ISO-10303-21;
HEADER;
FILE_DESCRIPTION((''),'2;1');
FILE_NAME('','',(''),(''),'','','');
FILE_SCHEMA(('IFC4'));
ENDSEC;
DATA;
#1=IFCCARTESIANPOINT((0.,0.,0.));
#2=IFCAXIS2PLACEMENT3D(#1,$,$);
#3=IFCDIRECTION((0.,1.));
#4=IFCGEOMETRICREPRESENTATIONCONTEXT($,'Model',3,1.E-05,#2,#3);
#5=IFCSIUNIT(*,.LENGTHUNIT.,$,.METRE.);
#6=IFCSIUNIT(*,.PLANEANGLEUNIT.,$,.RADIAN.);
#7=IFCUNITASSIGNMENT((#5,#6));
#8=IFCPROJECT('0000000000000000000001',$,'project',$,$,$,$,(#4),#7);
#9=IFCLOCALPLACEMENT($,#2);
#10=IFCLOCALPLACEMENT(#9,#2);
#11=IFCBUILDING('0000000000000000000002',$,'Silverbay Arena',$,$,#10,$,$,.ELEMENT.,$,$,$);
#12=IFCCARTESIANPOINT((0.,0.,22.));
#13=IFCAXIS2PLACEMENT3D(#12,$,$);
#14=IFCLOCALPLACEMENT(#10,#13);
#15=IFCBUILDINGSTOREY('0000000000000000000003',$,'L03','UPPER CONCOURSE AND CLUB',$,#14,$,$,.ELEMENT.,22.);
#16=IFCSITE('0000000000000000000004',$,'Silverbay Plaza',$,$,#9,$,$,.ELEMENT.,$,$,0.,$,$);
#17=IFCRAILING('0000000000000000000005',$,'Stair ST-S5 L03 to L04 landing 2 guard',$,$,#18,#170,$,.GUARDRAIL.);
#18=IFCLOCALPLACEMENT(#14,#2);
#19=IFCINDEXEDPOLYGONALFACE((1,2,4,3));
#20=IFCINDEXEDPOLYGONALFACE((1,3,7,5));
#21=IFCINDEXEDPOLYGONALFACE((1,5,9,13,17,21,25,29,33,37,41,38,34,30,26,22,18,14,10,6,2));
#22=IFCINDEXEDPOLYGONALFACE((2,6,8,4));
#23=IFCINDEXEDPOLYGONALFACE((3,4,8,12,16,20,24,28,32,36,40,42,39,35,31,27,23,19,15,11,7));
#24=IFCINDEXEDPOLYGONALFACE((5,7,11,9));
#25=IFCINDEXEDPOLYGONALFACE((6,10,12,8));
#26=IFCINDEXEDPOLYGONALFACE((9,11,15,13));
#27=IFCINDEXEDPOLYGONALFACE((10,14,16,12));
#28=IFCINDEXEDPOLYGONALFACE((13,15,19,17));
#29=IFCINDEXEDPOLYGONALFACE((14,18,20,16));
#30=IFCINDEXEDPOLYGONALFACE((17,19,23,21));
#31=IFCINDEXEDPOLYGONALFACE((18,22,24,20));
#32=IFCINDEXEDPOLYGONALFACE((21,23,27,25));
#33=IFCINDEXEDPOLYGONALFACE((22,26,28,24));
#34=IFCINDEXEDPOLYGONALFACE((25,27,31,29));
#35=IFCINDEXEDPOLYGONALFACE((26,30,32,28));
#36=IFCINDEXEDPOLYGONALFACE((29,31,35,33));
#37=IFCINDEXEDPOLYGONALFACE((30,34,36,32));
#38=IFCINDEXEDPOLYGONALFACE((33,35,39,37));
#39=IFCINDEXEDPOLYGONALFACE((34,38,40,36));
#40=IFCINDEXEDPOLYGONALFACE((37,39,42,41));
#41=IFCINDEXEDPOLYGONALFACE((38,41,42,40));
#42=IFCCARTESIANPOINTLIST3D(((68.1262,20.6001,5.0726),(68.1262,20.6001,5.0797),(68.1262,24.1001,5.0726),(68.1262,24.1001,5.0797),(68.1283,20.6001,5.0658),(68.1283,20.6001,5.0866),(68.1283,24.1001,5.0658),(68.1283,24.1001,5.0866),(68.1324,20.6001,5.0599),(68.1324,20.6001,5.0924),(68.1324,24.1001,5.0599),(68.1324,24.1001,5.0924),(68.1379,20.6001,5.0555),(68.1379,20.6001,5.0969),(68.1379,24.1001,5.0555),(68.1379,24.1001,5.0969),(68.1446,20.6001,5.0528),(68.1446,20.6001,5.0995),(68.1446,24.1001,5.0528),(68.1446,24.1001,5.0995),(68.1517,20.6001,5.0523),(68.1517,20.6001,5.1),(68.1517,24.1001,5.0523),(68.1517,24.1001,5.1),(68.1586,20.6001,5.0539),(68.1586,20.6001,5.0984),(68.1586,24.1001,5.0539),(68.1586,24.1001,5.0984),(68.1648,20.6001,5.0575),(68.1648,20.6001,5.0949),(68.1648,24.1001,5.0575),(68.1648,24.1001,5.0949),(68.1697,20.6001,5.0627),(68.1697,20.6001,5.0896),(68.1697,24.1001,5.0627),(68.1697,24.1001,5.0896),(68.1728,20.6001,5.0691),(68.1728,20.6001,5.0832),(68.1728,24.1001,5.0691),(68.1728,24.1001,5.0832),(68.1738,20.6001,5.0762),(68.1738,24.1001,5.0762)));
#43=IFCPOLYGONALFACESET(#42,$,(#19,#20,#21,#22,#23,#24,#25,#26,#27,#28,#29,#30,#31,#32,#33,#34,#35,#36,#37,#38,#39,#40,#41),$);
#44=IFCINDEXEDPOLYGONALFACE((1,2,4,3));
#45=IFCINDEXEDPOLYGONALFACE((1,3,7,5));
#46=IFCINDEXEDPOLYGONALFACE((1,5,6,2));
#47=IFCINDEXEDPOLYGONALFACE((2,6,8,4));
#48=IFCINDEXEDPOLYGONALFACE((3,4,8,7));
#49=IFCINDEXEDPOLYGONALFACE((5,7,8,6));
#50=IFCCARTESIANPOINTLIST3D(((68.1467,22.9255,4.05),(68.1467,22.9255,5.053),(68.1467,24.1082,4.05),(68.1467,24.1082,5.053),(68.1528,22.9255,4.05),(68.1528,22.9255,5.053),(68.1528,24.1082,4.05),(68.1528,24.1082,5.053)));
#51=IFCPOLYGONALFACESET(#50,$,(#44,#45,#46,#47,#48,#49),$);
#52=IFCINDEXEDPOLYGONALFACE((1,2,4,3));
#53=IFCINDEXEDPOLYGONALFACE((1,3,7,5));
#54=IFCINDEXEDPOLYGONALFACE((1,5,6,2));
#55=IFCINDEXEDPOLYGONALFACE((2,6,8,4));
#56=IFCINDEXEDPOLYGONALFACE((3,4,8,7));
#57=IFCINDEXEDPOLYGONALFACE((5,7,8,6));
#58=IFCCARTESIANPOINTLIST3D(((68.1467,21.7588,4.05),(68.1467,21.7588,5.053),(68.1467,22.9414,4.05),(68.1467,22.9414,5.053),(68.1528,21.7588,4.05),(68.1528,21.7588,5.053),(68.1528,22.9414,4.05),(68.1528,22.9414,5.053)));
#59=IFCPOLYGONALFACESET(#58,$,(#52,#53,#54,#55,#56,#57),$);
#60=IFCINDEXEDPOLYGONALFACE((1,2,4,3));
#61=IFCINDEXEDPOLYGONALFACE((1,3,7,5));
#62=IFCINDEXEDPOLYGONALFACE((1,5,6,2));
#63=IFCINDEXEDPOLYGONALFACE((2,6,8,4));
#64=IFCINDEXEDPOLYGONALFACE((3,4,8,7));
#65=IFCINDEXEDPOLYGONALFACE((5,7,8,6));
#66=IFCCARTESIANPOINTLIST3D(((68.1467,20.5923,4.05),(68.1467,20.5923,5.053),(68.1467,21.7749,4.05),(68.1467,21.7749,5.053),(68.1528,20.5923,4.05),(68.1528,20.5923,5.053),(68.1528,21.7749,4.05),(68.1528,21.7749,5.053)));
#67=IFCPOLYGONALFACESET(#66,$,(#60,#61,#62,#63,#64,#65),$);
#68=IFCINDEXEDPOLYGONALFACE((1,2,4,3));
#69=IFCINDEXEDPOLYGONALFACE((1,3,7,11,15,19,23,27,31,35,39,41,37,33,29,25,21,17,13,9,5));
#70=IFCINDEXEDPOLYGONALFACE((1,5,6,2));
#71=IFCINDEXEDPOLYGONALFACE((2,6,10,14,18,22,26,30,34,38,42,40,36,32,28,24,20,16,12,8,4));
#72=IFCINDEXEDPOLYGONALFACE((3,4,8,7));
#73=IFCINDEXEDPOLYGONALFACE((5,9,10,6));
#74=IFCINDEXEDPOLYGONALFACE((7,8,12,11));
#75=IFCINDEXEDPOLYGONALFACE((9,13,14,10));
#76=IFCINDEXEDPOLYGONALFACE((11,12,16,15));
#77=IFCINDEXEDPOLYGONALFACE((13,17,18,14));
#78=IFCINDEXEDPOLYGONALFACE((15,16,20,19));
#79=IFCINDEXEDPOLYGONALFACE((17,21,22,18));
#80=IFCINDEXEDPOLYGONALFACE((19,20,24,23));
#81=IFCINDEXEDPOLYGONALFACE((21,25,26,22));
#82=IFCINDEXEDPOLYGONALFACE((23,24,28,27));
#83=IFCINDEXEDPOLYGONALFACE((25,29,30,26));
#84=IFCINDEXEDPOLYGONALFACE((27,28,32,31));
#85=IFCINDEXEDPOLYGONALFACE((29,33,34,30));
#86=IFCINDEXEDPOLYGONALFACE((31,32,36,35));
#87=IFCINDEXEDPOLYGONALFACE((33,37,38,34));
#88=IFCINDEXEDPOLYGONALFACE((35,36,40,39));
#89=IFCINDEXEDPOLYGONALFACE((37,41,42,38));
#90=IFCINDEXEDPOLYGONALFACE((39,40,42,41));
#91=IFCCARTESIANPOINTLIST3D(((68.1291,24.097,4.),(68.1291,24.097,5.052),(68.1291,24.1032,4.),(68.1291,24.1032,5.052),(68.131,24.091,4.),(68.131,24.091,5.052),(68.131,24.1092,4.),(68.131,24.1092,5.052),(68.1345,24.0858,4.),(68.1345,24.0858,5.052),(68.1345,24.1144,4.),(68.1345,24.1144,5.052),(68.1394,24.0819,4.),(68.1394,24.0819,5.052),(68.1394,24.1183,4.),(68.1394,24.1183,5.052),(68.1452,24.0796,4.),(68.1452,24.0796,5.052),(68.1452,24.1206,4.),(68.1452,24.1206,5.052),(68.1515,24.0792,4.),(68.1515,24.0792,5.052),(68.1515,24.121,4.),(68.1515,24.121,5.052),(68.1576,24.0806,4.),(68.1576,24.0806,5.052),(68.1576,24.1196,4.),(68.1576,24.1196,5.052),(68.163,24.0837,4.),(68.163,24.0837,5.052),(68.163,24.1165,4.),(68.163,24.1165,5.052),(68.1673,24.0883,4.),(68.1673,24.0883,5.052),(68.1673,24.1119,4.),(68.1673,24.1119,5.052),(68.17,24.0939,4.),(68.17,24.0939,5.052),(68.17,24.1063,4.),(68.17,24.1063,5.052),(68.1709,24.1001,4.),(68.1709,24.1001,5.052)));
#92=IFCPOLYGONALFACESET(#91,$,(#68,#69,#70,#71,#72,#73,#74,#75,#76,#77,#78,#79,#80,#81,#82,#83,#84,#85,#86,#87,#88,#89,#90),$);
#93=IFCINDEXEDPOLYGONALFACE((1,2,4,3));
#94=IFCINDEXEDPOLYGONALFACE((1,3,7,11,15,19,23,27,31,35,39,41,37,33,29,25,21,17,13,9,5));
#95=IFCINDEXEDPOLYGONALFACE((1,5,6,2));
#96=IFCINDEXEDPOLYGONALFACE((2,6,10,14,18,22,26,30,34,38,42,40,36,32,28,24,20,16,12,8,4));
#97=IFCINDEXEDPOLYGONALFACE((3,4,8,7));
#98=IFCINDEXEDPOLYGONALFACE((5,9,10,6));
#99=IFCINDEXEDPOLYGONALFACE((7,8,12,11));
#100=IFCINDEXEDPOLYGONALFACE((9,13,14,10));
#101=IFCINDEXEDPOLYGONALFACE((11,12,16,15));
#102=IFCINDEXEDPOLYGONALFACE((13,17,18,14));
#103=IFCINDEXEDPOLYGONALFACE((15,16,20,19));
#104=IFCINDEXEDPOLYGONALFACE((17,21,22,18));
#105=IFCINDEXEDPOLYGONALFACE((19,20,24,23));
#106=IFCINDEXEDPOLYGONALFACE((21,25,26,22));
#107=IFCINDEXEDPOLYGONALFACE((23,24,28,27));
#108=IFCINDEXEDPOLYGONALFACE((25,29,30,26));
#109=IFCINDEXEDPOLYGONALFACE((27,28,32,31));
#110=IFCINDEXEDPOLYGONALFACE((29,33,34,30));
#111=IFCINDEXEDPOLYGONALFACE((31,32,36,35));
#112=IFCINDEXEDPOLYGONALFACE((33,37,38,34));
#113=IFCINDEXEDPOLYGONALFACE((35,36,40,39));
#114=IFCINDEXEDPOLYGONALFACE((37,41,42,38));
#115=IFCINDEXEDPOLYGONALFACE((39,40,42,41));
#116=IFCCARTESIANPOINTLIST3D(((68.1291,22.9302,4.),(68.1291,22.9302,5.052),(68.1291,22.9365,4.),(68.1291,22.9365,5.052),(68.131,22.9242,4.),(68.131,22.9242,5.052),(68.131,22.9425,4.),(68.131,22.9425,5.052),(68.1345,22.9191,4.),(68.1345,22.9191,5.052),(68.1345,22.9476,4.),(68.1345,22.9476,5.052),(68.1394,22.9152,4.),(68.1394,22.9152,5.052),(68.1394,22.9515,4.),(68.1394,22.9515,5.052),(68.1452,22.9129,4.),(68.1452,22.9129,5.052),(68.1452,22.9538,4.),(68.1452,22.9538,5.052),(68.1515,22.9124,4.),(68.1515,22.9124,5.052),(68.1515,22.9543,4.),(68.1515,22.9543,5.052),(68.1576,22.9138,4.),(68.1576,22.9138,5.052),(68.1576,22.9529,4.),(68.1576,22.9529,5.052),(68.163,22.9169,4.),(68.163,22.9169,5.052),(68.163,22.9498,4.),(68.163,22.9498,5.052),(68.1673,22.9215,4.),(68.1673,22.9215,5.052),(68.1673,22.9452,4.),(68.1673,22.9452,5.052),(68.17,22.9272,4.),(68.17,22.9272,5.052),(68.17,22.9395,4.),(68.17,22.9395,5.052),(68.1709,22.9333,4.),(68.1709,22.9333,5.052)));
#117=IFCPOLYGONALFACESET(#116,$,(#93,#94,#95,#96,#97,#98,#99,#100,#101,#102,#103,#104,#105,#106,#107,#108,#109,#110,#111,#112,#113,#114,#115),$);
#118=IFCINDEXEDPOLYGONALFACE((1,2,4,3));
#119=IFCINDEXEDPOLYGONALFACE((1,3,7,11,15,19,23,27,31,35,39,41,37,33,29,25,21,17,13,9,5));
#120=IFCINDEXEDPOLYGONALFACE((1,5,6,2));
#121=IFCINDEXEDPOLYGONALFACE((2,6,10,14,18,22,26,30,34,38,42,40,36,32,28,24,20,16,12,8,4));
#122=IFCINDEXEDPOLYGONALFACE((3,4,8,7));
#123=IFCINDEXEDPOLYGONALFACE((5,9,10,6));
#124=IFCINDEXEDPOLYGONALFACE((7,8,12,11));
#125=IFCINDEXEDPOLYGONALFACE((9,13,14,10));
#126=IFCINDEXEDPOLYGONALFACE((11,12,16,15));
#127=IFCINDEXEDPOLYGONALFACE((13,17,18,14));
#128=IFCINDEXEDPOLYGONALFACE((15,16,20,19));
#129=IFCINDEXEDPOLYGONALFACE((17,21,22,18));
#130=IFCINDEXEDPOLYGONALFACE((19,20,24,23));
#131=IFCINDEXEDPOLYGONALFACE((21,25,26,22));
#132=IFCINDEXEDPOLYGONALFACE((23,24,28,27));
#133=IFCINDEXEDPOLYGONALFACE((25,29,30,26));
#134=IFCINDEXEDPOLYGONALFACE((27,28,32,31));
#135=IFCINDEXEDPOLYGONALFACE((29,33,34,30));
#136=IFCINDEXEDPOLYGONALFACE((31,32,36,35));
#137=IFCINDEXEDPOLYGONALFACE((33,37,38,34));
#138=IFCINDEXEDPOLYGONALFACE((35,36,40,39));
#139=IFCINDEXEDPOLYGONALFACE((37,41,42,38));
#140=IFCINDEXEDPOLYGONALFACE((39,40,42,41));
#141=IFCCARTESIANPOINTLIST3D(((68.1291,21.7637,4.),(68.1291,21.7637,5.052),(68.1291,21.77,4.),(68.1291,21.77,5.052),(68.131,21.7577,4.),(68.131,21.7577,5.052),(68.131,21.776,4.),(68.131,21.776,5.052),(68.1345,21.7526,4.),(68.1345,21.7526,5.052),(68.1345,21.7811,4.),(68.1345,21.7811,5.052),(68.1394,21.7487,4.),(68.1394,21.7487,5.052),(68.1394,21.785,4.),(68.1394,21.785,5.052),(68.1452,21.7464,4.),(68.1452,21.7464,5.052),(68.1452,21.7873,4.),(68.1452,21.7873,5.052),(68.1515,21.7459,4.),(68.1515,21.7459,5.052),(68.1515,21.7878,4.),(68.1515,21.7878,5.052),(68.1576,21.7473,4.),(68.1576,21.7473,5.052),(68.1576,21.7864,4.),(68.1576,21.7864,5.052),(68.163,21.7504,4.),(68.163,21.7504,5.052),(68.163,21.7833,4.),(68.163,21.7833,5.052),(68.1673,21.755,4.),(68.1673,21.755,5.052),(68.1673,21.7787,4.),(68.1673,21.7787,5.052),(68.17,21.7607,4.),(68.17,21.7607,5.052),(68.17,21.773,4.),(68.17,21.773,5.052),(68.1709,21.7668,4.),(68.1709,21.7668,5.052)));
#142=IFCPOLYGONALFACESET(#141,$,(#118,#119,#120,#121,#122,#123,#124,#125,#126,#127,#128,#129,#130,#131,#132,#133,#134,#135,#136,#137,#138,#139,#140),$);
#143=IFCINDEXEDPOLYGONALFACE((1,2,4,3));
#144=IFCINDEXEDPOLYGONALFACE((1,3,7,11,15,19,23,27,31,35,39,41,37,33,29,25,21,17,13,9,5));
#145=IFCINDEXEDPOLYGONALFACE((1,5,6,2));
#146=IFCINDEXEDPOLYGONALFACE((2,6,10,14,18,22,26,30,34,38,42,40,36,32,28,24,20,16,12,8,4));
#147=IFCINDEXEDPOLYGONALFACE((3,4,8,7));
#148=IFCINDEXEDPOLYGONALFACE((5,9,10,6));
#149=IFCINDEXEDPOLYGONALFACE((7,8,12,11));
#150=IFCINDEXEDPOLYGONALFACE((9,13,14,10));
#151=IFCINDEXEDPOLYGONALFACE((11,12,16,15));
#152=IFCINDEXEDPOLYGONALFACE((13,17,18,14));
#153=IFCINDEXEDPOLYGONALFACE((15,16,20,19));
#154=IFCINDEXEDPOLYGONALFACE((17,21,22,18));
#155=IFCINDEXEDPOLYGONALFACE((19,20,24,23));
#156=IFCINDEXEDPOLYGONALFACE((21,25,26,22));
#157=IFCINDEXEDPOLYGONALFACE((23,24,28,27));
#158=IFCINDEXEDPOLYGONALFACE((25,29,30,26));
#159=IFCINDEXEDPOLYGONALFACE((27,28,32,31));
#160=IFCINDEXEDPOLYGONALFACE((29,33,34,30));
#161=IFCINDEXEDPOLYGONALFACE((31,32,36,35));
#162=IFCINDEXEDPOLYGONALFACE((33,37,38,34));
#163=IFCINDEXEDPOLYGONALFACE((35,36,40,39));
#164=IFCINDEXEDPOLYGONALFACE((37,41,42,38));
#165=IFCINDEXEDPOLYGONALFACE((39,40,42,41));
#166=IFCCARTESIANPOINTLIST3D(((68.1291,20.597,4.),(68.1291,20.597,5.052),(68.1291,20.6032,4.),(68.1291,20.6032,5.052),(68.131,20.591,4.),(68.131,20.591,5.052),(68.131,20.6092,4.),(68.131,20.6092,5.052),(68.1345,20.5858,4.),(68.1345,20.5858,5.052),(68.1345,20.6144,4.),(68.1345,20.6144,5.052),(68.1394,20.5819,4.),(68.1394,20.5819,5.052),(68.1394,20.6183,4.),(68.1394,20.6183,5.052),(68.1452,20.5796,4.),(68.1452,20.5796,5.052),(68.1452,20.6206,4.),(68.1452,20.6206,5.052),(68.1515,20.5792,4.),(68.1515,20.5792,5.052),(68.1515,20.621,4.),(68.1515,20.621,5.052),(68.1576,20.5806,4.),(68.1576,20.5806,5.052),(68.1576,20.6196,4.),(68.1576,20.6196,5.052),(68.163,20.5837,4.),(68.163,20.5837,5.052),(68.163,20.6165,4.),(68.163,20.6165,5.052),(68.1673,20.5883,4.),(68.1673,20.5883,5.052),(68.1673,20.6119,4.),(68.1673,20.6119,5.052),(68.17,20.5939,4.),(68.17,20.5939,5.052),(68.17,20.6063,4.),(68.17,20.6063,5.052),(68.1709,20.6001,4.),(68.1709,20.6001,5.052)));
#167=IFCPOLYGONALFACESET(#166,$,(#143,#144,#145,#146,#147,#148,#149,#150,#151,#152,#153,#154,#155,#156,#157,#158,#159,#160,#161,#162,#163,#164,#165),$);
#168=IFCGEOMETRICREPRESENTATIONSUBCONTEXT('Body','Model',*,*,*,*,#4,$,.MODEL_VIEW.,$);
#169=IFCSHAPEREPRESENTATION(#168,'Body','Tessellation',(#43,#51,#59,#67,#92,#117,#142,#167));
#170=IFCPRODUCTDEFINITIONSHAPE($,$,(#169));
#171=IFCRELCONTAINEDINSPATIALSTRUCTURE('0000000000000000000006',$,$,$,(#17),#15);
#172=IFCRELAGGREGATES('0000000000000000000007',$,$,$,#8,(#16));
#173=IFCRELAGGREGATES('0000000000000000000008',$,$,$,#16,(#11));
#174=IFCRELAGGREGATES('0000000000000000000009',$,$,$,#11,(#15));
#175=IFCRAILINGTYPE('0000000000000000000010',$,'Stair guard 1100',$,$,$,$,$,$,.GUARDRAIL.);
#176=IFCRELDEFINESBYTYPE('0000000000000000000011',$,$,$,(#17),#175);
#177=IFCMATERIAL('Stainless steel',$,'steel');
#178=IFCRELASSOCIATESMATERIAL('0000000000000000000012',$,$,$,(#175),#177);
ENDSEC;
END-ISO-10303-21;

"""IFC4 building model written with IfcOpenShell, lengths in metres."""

from ifc_helpers import new_model, si_unit, direction, frame, origin, origin_2d, place, context, subcontext, project, spatial, polyline, circle, outline, extrude, material, type_object, element, save


model = new_model("IFC4")

# Units and contexts
model_context = context("Model", 3, precision=1e-05, world=origin(), true_north=direction((0.0, 1.0)))
body_context = subcontext(model_context, "Body", "Model", "MODEL_VIEW")
ifc_project = project(units=[si_unit("LENGTHUNIT", "METRE"), si_unit("PLANEANGLEUNIT", "RADIAN")], contexts=[model_context])

# Site, building, storey
site_placement = place(None, origin())
site = spatial("IfcSite", under=ifc_project, at=site_placement, Name="Silverbay Plaza", CompositionType="ELEMENT", RefElevation=0.0)
building_placement = place(site_placement, origin())
building = spatial("IfcBuilding", under=site, at=building_placement, Name="Silverbay Arena", CompositionType="ELEMENT")
storey_placement = place(building_placement, frame((0.0, 0.0, 22.0)))
storey = spatial("IfcBuildingStorey", under=building, at=storey_placement, Name="L03", Description="UPPER CONCOURSE AND CLUB", CompositionType="ELEMENT", Elevation=22.0)

# Railing
ifc_material_1 = material(Name="Stainless steel", Category="steel")
railing_type_1 = type_object("IfcRailingType", Name="Stair guard 1100", PredefinedType="GUARDRAIL", material=ifc_material_1)
for number, where, name in (
    (1, (68.1499, 24.1001, 4.0), "Stair ST-S5 L03 to L04 landing 2 guard"),
):
    element("IfcRailing", number, at=place(storey_placement, frame(where)), inside=storey, type_object=railing_type_1, Name=name, PredefinedType="GUARDRAIL", context=body_context, shape_type="SweptSolid", body=[
        extrude(circle(Radius=0.0239, at=origin_2d()), frame((0.0, 0.0, 1.0762), z_axis=(0.0, -1.0, 0.0), x_axis=(1.0, 0.0, 0.0)), (0.0, 0.0, 1.0), 3.5),
        extrude(outline(polyline([(-0.0081, 0.05), (1.1746, 0.05), (1.1746, 1.053), (-0.0081, 1.053), (-0.0081, 0.05)])), frame((0.0029, 0.0, 0.0), z_axis=(-1.0, 0.0, 0.0), x_axis=(0.0, -1.0, 0.0)), (0.0, 0.0, 1.0), 0.0061),
        extrude(outline(polyline([(-0.0081, 0.05), (1.1746, 0.05), (1.1746, 1.053), (-0.0081, 1.053), (-0.0081, 0.05)])), frame((0.0029, -1.1667, 0.0), z_axis=(-1.0, 0.0, 0.0), x_axis=(0.0, -1.0, 0.0)), (0.0, 0.0, 1.0), 0.0061),
        extrude(outline(polyline([(-0.0081, 0.05), (1.1746, 0.05), (1.1746, 1.053), (-0.0081, 1.053), (-0.0081, 0.05)])), frame((0.0029, -2.3333, 0.0), z_axis=(-1.0, 0.0, 0.0), x_axis=(0.0, -1.0, 0.0)), (0.0, 0.0, 1.0), 0.0061),
        extrude(circle(Radius=0.021, at=origin_2d()), origin(), (0.0, 0.0, 1.0), 1.052),
        extrude(circle(Radius=0.021, at=origin_2d()), frame((0.0, -1.1667, 0.0)), (0.0, 0.0, 1.0), 1.052),
        extrude(circle(Radius=0.021, at=origin_2d()), frame((0.0, -2.3333, 0.0)), (0.0, 0.0, 1.0), 1.052),
        extrude(circle(Radius=0.021, at=origin_2d()), frame((0.0, -3.5, 0.0)), (0.0, 0.0, 1.0), 1.052),
    ])

save(model, "model.ifc")
